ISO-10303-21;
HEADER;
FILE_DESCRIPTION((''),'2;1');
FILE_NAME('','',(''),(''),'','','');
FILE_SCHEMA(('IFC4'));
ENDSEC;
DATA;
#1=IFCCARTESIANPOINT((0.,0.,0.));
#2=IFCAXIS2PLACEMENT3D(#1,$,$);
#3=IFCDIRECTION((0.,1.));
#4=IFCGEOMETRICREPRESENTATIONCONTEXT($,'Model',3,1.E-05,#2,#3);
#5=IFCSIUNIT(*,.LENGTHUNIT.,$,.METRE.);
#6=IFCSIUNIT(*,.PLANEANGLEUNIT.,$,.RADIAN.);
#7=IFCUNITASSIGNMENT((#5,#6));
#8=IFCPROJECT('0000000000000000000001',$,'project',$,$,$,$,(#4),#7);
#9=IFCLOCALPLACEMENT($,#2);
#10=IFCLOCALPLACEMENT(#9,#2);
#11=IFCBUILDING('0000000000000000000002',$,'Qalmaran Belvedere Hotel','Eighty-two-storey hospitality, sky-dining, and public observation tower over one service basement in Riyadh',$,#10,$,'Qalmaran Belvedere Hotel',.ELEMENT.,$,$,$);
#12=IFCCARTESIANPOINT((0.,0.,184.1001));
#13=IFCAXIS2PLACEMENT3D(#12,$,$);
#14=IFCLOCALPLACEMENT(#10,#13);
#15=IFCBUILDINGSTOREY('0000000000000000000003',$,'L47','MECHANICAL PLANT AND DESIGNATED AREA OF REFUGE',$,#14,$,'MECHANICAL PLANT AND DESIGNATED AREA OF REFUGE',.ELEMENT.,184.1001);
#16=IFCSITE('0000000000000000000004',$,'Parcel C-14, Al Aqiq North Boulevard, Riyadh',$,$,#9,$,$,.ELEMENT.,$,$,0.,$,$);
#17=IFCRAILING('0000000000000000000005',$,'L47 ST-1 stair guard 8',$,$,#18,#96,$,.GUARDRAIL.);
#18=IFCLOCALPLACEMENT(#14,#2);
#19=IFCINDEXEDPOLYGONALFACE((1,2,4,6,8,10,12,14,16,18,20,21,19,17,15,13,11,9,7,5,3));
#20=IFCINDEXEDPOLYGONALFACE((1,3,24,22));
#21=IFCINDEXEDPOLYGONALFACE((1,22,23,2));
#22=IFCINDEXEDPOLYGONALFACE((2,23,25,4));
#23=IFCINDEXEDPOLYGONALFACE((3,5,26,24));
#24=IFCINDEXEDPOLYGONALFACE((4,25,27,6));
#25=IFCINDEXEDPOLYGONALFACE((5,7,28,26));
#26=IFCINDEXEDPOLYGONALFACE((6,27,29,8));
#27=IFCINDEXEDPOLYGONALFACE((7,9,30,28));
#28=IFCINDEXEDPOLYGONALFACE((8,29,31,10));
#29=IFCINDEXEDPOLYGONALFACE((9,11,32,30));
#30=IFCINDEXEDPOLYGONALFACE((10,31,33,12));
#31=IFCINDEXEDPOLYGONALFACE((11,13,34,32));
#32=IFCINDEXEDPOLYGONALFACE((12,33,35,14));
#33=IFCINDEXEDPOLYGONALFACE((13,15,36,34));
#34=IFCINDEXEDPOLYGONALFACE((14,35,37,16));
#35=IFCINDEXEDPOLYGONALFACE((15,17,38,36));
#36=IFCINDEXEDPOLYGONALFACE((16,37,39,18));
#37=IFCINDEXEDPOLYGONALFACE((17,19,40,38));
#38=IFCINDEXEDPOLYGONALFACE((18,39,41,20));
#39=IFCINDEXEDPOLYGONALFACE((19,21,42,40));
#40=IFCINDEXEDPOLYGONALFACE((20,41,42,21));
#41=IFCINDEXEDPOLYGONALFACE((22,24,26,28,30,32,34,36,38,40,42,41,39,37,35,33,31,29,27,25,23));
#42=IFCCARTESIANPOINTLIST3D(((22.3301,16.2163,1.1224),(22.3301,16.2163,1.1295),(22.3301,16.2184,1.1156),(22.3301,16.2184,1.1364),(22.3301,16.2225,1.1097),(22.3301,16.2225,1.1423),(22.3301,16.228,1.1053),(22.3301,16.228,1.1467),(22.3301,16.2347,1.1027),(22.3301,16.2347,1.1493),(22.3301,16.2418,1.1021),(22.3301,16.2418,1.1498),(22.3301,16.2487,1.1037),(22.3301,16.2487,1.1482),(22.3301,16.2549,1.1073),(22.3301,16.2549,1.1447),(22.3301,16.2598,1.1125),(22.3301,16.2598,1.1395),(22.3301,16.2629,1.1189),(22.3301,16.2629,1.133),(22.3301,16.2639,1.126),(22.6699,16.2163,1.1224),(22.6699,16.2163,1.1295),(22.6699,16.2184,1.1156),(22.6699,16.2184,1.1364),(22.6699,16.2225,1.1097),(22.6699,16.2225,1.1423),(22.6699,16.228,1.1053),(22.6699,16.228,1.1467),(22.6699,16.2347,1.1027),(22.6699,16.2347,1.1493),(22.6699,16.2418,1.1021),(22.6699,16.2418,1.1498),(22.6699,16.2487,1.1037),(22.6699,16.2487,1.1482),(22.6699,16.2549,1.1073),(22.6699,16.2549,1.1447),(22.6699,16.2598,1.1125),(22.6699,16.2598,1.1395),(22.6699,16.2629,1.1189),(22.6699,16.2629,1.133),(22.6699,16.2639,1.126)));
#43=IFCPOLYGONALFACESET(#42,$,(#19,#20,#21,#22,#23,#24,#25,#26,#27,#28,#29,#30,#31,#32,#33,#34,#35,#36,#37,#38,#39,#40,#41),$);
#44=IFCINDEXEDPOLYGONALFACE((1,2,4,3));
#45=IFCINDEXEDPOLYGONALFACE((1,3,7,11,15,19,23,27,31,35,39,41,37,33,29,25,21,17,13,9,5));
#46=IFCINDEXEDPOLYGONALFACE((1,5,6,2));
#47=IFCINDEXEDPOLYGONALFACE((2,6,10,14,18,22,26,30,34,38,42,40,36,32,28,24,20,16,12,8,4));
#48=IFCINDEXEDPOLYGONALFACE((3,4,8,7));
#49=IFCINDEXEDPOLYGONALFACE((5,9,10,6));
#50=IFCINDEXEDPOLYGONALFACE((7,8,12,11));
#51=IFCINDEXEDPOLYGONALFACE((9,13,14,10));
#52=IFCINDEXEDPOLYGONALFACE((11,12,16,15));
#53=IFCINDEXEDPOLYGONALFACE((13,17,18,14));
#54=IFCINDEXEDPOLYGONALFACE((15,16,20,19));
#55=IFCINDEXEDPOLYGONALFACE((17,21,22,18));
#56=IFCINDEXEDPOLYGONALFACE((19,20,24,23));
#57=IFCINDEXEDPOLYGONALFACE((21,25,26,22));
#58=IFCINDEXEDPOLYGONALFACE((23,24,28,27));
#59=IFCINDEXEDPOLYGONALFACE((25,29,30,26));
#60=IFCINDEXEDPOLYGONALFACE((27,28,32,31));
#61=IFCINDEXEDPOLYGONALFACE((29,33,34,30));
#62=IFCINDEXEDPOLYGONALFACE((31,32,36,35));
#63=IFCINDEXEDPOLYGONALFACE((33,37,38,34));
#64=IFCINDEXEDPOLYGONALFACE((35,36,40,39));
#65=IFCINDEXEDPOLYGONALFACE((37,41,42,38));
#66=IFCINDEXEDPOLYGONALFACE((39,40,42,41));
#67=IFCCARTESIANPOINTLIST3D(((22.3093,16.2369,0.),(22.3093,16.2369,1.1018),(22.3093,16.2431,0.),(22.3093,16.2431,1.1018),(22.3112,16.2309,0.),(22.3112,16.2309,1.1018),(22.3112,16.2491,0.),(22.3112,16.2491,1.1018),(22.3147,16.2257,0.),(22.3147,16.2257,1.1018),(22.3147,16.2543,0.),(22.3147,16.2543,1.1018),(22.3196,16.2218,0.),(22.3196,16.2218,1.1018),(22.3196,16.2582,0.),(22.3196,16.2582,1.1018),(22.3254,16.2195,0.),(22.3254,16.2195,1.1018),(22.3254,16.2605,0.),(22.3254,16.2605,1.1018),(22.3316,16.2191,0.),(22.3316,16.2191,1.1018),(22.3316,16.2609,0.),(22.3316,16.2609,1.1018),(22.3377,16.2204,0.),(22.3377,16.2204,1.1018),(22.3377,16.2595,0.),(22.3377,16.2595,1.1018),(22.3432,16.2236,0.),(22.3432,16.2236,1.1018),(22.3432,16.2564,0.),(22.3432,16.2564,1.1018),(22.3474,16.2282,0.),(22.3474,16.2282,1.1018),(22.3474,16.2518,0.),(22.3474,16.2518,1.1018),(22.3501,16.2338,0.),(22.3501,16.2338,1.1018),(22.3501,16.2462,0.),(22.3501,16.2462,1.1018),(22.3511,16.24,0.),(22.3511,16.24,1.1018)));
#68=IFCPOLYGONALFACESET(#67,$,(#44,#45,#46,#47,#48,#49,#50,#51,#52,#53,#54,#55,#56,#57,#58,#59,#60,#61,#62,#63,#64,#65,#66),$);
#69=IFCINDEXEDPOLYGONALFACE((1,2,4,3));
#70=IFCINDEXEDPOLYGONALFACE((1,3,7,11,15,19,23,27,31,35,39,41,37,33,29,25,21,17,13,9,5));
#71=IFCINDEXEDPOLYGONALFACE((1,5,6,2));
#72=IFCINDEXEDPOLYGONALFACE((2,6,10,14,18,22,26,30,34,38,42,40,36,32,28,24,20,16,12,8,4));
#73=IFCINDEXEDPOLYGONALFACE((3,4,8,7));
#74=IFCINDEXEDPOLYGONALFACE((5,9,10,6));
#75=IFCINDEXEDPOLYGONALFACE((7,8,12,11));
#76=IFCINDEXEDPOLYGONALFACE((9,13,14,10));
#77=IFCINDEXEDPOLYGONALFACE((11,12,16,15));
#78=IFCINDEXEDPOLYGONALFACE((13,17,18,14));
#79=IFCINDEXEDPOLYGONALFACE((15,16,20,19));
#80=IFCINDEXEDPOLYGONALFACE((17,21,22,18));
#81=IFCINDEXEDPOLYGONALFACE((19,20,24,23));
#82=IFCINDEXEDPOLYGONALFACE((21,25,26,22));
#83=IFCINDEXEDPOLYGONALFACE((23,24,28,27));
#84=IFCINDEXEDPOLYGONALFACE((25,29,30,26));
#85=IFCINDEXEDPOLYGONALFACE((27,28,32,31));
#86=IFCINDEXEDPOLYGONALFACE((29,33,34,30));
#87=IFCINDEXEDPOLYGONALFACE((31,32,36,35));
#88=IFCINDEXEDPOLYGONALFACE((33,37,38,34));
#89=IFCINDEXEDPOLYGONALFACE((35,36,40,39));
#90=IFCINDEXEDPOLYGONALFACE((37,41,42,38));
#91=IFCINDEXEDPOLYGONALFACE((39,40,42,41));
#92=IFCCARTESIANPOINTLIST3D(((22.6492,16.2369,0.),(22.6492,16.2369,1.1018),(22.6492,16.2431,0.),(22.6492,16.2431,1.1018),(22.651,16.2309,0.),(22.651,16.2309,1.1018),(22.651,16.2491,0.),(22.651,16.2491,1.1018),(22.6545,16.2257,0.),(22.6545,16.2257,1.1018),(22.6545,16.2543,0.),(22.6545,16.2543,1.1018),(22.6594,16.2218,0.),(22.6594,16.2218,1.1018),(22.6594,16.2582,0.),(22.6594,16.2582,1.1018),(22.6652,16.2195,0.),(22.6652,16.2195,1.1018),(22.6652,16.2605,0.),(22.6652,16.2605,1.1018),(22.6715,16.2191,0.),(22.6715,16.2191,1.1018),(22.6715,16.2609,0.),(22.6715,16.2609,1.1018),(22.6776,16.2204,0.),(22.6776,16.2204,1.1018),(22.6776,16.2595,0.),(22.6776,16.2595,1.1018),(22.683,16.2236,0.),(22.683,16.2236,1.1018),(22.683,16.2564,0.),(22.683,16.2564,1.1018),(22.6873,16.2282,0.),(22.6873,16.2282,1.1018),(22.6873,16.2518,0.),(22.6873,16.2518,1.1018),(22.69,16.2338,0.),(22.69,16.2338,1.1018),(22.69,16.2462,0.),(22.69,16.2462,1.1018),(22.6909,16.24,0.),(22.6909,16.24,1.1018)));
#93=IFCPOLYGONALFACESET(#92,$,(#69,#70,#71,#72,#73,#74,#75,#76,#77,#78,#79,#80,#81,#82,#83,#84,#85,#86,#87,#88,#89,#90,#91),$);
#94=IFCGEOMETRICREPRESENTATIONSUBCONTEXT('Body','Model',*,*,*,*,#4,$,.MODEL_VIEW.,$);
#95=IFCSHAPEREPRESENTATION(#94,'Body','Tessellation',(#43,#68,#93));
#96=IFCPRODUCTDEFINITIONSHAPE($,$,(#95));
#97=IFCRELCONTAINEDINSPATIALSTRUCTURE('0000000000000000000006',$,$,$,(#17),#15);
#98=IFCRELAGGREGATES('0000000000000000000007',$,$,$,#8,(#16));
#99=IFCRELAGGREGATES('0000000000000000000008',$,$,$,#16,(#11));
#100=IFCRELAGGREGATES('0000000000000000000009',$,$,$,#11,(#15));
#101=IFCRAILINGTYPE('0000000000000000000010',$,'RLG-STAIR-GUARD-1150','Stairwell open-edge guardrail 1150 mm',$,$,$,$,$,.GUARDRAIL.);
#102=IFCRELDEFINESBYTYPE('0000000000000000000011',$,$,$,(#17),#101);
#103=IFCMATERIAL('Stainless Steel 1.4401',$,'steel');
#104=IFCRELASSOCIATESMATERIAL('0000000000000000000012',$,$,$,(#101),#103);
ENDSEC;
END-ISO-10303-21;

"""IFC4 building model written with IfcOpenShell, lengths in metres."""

from ifc_helpers import new_model, si_unit, direction, frame, origin, origin_2d, place, context, subcontext, project, spatial, circle, extrude, material, type_object, element, save


model = new_model("IFC4")

# Units and contexts
model_context = context("Model", 3, precision=1e-05, world=origin(), true_north=direction((0.0, 1.0)))
body_context = subcontext(model_context, "Body", "Model", "MODEL_VIEW")
ifc_project = project(units=[si_unit("LENGTHUNIT", "METRE"), si_unit("PLANEANGLEUNIT", "RADIAN")], contexts=[model_context])

# Site, building, storey
site_placement = place(None, origin())
site = spatial("IfcSite", under=ifc_project, at=site_placement, Name="Parcel C-14, Al Aqiq North Boulevard, Riyadh", CompositionType="ELEMENT", RefElevation=0.0)
building_placement = place(site_placement, origin())
building = spatial("IfcBuilding", under=site, at=building_placement, Name="Qalmaran Belvedere Hotel", Description="Eighty-two-storey hospitality, sky-dining, and public observation tower over one service basement in Riyadh", LongName="Qalmaran Belvedere Hotel", CompositionType="ELEMENT")
storey_placement = place(building_placement, frame((0.0, 0.0, 184.1001)))
storey = spatial("IfcBuildingStorey", under=building, at=storey_placement, Name="L47", Description="MECHANICAL PLANT AND DESIGNATED AREA OF REFUGE", LongName="MECHANICAL PLANT AND DESIGNATED AREA OF REFUGE", CompositionType="ELEMENT", Elevation=184.1001)

# Shared definitions
ifc_material_1 = material(Name="Stainless Steel 1.4401", Category="steel")

# Railing
railing_type_1 = type_object("IfcRailingType", Name="RLG-STAIR-GUARD-1150", Description="Stairwell open-edge guardrail 1150 mm", PredefinedType="GUARDRAIL", material=ifc_material_1)
railing_1_placement = place(storey_placement, frame((22.3301, 16.24, 0.0)))
element("IfcRailing", 1, at=railing_1_placement, inside=storey, type_object=railing_type_1, Name="L47 ST-1 stair guard 8", PredefinedType="GUARDRAIL", context=body_context, shape_type="SweptSolid", body=[
    extrude(circle(Radius=0.0239, at=origin_2d()), frame((0.0, 0.0, 1.126), z_axis=(1.0, 0.0, 0.0), x_axis=(0.0, 1.0, 0.0)), (0.0, 0.0, 1.0), 0.3398),
    extrude(circle(Radius=0.021, at=origin_2d()), origin(), (0.0, 0.0, 1.0), 1.1018),
    extrude(circle(Radius=0.021, at=origin_2d()), frame((0.3398, 0.0, 0.0)), (0.0, 0.0, 1.0), 1.1018),
])

save(model, "model.ifc")
